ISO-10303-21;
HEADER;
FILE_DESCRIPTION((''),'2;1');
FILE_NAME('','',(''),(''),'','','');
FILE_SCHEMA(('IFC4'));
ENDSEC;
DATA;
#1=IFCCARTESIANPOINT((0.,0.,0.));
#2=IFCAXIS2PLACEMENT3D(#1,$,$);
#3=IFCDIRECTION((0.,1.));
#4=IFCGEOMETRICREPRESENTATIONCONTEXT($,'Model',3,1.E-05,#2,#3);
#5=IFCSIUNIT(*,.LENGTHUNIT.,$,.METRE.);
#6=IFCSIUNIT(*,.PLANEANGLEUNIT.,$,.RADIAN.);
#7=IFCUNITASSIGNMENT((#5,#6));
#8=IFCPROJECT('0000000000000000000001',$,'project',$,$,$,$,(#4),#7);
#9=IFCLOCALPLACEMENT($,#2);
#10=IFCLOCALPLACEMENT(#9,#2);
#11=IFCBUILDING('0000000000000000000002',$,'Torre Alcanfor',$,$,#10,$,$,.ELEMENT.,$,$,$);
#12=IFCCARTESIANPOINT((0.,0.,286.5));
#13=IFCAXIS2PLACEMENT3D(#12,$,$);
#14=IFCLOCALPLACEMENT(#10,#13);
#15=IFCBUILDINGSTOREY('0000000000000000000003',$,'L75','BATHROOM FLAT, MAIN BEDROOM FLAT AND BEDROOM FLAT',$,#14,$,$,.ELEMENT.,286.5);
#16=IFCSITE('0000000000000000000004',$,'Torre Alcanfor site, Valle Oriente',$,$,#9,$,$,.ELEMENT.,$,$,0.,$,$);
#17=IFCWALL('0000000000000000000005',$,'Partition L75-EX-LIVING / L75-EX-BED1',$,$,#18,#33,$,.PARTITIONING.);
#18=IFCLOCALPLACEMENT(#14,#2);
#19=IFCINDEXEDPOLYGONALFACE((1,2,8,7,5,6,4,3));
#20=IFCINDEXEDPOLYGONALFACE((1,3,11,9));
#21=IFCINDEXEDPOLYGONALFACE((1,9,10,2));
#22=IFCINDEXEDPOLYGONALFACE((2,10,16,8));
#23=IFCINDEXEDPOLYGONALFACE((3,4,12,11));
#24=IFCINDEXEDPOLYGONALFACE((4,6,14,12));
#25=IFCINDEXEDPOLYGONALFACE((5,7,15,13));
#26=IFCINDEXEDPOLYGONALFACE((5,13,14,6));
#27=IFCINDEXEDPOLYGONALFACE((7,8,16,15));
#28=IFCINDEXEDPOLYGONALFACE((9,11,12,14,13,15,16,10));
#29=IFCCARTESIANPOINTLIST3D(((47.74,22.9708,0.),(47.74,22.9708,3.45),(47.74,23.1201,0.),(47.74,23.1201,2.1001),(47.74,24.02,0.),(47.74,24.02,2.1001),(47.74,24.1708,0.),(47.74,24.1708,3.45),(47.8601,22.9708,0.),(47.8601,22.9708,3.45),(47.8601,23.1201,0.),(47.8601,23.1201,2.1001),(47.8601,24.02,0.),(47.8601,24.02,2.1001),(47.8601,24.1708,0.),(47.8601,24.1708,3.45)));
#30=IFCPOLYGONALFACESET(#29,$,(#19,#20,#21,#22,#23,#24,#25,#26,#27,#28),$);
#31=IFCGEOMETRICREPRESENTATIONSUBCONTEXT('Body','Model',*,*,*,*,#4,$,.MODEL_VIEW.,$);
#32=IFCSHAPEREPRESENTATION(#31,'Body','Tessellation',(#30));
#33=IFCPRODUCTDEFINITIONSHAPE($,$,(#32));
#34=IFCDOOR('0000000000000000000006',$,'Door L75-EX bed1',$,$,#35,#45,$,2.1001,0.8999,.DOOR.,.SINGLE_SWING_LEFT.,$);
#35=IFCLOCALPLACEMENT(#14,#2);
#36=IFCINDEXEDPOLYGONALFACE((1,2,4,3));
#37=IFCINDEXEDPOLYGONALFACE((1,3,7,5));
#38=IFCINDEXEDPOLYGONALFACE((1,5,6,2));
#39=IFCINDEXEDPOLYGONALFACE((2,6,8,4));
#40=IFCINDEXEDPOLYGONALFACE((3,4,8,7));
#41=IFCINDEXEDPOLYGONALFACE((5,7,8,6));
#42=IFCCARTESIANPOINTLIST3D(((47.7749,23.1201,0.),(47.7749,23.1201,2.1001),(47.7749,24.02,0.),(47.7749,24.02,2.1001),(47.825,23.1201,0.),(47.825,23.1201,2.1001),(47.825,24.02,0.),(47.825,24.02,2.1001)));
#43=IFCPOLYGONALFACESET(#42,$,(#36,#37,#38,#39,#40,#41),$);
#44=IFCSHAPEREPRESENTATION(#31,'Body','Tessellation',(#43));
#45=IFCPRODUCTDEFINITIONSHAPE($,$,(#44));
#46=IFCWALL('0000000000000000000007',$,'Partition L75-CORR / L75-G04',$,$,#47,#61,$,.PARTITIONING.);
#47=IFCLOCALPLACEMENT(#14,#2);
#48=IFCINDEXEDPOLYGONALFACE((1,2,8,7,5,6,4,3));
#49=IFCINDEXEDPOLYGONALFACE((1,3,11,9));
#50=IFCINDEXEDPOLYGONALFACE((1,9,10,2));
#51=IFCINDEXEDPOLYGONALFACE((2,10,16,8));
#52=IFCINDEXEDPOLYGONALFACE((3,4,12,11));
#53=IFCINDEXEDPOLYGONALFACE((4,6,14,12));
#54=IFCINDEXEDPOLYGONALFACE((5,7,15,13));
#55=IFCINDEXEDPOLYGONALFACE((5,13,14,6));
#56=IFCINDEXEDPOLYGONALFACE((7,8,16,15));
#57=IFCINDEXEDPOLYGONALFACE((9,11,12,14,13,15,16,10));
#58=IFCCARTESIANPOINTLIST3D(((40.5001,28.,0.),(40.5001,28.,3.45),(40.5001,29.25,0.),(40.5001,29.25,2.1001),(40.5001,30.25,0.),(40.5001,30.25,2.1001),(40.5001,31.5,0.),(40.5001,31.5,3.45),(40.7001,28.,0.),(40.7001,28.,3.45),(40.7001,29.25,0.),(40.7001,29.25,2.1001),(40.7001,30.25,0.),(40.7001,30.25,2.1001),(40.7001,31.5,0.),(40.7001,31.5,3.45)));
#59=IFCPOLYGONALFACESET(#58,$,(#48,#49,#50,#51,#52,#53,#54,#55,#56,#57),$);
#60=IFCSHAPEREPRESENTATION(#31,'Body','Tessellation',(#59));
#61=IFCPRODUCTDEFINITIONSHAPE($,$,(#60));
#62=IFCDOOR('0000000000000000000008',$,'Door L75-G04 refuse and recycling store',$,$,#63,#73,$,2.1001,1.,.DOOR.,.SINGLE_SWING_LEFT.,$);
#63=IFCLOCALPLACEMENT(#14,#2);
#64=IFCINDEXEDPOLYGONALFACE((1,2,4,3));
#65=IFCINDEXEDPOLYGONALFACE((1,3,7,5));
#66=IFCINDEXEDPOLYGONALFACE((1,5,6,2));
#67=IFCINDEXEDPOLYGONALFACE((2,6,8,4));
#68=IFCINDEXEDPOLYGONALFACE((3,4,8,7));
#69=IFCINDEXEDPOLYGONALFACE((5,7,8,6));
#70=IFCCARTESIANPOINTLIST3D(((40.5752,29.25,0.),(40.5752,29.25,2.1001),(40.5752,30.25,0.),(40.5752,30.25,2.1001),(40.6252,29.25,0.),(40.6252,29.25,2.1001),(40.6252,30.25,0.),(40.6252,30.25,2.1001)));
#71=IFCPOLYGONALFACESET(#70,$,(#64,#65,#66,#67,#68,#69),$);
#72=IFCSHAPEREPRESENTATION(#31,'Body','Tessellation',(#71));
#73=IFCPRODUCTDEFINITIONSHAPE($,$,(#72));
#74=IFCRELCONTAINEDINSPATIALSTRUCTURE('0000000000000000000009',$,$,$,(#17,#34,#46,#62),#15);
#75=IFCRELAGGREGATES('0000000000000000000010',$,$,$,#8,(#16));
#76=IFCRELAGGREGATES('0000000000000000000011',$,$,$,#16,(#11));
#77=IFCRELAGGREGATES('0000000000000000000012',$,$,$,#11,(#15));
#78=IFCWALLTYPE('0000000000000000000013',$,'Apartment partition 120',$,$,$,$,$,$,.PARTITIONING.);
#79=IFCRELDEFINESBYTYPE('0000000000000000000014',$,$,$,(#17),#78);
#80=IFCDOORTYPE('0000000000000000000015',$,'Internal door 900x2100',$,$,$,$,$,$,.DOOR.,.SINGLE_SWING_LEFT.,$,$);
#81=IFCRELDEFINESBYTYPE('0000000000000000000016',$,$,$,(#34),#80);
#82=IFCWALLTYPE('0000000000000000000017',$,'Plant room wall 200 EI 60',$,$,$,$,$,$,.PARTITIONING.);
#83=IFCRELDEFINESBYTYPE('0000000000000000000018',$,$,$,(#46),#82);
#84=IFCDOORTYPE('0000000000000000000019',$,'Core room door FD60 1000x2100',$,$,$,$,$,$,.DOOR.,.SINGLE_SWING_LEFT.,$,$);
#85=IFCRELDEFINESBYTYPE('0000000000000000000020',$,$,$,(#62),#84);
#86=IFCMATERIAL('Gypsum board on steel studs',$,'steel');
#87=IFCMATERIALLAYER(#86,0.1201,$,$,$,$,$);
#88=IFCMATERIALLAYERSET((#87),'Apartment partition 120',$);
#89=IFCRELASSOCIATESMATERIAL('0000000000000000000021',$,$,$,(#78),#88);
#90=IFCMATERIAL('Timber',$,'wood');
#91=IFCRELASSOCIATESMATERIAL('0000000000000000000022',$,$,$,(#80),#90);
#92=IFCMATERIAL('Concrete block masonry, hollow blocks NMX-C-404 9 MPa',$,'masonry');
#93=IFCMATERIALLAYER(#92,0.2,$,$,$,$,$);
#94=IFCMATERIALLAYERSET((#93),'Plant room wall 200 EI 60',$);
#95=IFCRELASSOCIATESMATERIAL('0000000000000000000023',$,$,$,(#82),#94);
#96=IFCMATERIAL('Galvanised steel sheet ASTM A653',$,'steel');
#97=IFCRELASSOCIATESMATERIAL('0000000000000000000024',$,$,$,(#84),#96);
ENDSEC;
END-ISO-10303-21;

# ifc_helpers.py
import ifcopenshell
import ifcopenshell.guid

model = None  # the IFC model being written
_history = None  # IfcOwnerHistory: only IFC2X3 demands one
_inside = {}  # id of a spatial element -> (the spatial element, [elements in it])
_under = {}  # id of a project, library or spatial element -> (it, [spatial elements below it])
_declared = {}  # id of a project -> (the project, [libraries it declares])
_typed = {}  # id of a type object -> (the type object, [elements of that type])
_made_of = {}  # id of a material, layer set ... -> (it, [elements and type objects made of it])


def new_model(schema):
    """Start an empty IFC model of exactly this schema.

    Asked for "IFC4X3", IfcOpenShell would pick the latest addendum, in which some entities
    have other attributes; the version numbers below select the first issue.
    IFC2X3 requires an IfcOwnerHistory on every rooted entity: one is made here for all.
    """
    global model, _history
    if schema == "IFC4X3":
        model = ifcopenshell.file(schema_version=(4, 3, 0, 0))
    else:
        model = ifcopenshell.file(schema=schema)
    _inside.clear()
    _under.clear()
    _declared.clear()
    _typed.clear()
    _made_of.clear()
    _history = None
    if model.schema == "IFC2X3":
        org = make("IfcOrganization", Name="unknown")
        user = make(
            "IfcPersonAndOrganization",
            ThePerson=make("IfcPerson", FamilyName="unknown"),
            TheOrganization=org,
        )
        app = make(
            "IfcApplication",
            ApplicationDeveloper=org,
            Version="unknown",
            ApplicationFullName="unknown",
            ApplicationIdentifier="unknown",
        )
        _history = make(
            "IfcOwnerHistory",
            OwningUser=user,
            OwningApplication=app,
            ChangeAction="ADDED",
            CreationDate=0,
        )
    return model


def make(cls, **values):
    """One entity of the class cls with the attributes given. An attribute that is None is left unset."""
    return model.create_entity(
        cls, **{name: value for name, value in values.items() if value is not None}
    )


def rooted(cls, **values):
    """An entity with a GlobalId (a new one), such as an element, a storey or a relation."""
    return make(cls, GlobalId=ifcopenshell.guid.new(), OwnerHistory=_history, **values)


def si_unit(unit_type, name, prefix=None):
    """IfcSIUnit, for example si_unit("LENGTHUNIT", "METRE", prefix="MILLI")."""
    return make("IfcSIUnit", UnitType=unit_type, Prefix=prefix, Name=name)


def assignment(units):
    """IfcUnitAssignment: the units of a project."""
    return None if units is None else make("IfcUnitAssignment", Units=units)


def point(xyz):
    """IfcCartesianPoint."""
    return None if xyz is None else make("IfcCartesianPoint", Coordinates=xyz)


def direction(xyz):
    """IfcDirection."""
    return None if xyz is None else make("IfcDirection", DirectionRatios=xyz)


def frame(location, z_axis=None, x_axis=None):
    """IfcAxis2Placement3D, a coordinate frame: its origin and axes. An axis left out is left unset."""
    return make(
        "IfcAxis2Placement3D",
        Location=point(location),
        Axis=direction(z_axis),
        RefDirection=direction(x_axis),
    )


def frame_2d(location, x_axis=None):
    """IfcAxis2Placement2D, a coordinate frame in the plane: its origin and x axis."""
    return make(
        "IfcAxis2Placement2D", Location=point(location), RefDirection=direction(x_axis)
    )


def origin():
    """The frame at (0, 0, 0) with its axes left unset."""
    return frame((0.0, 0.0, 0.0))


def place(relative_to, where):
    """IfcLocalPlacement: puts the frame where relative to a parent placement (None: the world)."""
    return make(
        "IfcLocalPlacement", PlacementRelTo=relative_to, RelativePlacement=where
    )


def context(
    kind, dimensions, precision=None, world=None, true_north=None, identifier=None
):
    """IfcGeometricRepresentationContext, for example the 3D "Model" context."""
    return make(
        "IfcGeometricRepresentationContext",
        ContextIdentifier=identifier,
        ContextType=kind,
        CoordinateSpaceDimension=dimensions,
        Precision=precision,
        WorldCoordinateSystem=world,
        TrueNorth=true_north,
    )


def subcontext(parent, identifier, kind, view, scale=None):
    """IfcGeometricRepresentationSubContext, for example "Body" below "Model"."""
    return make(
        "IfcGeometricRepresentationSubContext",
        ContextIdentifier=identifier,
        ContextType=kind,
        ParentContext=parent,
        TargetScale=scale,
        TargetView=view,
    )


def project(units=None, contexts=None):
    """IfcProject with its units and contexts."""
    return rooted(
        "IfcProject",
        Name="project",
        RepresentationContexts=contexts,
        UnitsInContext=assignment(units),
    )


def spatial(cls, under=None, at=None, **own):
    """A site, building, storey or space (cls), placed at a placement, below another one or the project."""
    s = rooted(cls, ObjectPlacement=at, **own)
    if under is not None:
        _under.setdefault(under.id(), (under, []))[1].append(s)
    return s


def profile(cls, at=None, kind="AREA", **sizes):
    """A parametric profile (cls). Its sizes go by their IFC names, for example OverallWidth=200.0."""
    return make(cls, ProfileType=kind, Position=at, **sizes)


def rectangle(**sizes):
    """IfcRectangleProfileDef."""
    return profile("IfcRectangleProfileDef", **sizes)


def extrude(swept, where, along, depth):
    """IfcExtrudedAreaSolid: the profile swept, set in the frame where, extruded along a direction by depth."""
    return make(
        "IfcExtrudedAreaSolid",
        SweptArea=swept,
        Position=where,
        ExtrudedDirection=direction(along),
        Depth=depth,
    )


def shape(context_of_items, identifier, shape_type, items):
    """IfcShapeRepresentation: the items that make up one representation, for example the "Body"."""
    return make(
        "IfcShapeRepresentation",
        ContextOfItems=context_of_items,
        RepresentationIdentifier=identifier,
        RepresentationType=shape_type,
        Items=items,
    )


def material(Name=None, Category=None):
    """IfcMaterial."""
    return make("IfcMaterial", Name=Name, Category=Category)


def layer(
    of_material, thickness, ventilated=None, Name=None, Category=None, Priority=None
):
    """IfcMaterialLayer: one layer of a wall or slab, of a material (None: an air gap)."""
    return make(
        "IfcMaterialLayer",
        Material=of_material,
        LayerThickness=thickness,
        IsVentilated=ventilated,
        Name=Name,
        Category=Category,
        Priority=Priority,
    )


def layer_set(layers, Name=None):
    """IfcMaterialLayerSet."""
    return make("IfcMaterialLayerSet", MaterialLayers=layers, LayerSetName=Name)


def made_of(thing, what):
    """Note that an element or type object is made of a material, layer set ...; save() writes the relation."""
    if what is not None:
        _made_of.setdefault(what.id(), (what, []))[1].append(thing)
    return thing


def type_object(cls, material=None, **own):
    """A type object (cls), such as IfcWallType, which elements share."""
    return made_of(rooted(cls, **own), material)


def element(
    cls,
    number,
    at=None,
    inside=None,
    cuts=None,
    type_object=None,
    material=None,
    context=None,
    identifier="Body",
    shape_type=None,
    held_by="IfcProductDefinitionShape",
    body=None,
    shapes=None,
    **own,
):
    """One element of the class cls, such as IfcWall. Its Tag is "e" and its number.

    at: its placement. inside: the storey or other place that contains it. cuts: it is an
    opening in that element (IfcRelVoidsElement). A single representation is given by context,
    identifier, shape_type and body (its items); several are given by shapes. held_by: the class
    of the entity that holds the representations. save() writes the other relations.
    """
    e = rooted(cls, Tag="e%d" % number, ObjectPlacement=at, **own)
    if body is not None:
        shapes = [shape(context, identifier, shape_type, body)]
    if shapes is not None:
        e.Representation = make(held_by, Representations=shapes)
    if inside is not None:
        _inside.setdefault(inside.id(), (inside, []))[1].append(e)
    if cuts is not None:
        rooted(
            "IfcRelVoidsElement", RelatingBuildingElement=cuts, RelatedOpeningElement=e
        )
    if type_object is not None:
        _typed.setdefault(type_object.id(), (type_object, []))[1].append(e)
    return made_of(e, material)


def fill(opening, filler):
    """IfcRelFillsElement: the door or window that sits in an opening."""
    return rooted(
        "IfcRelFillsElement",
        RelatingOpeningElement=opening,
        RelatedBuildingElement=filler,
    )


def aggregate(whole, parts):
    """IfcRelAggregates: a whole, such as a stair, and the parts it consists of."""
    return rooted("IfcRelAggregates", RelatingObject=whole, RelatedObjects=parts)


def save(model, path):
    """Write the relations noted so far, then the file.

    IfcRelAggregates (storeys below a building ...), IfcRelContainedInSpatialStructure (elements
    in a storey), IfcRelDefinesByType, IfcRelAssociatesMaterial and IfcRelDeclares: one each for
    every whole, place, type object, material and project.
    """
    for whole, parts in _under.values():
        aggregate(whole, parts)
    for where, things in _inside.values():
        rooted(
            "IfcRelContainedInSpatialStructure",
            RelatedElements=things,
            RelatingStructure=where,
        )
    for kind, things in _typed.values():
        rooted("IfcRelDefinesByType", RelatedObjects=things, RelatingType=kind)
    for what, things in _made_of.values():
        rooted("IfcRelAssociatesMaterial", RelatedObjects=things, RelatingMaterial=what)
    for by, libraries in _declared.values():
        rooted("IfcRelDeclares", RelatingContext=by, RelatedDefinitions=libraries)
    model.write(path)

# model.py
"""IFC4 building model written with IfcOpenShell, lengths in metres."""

from ifc_helpers import new_model, si_unit, direction, frame, frame_2d, origin, place, context, subcontext, project, spatial, rectangle, extrude, material, layer, layer_set, type_object, element, fill, save


model = new_model("IFC4")

# Units and contexts
model_context = context("Model", 3, precision=1e-05, world=origin(), true_north=direction((0.0, 1.0)))
body_context = subcontext(model_context, "Body", "Model", "MODEL_VIEW")
ifc_project = project(units=[si_unit("LENGTHUNIT", "METRE"), si_unit("PLANEANGLEUNIT", "RADIAN")], contexts=[model_context])

# Site, building, storey
site_placement = place(None, origin())
site = spatial("IfcSite", under=ifc_project, at=site_placement, Name="Torre Alcanfor site, Valle Oriente", CompositionType="ELEMENT", RefElevation=0.0)
building_placement = place(site_placement, origin())
building = spatial("IfcBuilding", under=site, at=building_placement, Name="Torre Alcanfor", CompositionType="ELEMENT")
storey_placement = place(building_placement, frame((0.0, 0.0, 286.5)))
storey = spatial("IfcBuildingStorey", under=building, at=storey_placement, Name="L75", Description="BATHROOM FLAT, MAIN BEDROOM FLAT AND BEDROOM FLAT", CompositionType="ELEMENT", Elevation=286.5)

# Shared definitions
ifc_material_1 = material(Name="Gypsum board on steel studs", Category="steel")
ifc_layer_1 = layer(ifc_material_1, 0.1201)
ifc_layer_set_1 = layer_set([ifc_layer_1], Name="Apartment partition 120")
wall_type_1 = type_object("IfcWallType", Name="Apartment partition 120", PredefinedType="PARTITIONING", material=ifc_layer_set_1)
ifc_material_2 = material(Name="Timber", Category="wood")
door_type_1 = type_object("IfcDoorType", Name="Internal door 900x2100", OperationType="SINGLE_SWING_LEFT", PredefinedType="DOOR", material=ifc_material_2)

# Walls, openings, doors
wall_1_placement = place(storey_placement, frame((47.8, 24.1709, 0.0), z_axis=(0.0, 0.0, 1.0), x_axis=(0.0, -1.0, 0.0)))
wall_1 = element("IfcWall", 1, at=wall_1_placement, inside=storey, type_object=wall_type_1, Name="Partition L75-EX-LIVING / L75-EX-BED1", PredefinedType="PARTITIONING", context=body_context, shape_type="SweptSolid", body=[
    extrude(rectangle(XDim=1.2, YDim=0.1201, at=frame_2d((0.6001, 0.0))), origin(), (0.0, 0.0, 1.0), 3.45),
])
opening_1_placement = place(wall_1_placement, frame((0.1509, 0.0, 0.0)))
opening_1 = element("IfcOpeningElement", 2, at=opening_1_placement, cuts=wall_1, PredefinedType="OPENING", context=body_context, shape_type="SweptSolid", body=[
    extrude(rectangle(XDim=0.8999, YDim=2.1001, at=frame_2d((0.45, 1.05))), frame((0.0, 0.0701, 0.0), z_axis=(0.0, -1.0, 0.0), x_axis=(1.0, 0.0, 0.0)), (0.0, 0.0, 1.0), 0.1401),
])
door_1_placement = place(opening_1_placement, origin())
door_1 = element("IfcDoor", 3, at=door_1_placement, inside=storey, type_object=door_type_1, Name="Door L75-EX bed1", OperationType="SINGLE_SWING_LEFT", OverallHeight=2.1001, OverallWidth=0.8999, PredefinedType="DOOR", context=body_context, shape_type="SweptSolid", body=[
    extrude(rectangle(XDim=0.8999, YDim=2.1001, at=frame_2d((0.45, 1.05))), frame((0.0, 0.0249, 0.0), z_axis=(0.0, -1.0, 0.0), x_axis=(1.0, 0.0, 0.0)), (0.0, 0.0, 1.0), 0.05),
])
fill(opening_1, door_1)
ifc_material_3 = material(Name="Concrete block masonry, hollow blocks NMX-C-404 9 MPa", Category="masonry")
ifc_layer_2 = layer(ifc_material_3, 0.2)
ifc_layer_set_2 = layer_set([ifc_layer_2], Name="Plant room wall 200 EI 60")
wall_type_2 = type_object("IfcWallType", Name="Plant room wall 200 EI 60", PredefinedType="PARTITIONING", material=ifc_layer_set_2)
wall_2_placement = place(storey_placement, frame((40.6001, 28.0, 0.0), z_axis=(0.0, 0.0, 1.0), x_axis=(0.0, 1.0, 0.0)))
wall_2 = element("IfcWall", 4, at=wall_2_placement, inside=storey, type_object=wall_type_2, Name="Partition L75-CORR / L75-G04", PredefinedType="PARTITIONING", context=body_context, shape_type="SweptSolid", body=[
    extrude(rectangle(XDim=3.5, YDim=0.2, at=frame_2d((1.75, 0.0))), origin(), (0.0, 0.0, 1.0), 3.45),
])
opening_2_placement = place(wall_2_placement, frame((1.25, 0.0, 0.0)))
opening_2 = element("IfcOpeningElement", 5, at=opening_2_placement, cuts=wall_2, PredefinedType="OPENING", context=body_context, shape_type="SweptSolid", body=[
    extrude(rectangle(XDim=1.0, YDim=2.1001, at=frame_2d((0.5, 1.05))), frame((0.0, 0.1099, 0.0), z_axis=(0.0, -1.0, 0.0), x_axis=(1.0, 0.0, 0.0)), (0.0, 0.0, 1.0), 0.22),
])
ifc_material_4 = material(Name="Galvanised steel sheet ASTM A653", Category="steel")
door_type_2 = type_object("IfcDoorType", Name="Core room door FD60 1000x2100", OperationType="SINGLE_SWING_LEFT", PredefinedType="DOOR", material=ifc_material_4)
door_2_placement = place(opening_2_placement, origin())
door_2 = element("IfcDoor", 6, at=door_2_placement, inside=storey, type_object=door_type_2, Name="Door L75-G04 refuse and recycling store", OperationType="SINGLE_SWING_LEFT", OverallHeight=2.1001, OverallWidth=1.0, PredefinedType="DOOR", context=body_context, shape_type="SweptSolid", body=[
    extrude(rectangle(XDim=1.0, YDim=2.1001, at=frame_2d((0.5, 1.05))), frame((0.0, 0.0249, 0.0), z_axis=(0.0, -1.0, 0.0), x_axis=(1.0, 0.0, 0.0)), (0.0, 0.0, 1.0), 0.05),
])
fill(opening_2, door_2)

save(model, "model.ifc")
